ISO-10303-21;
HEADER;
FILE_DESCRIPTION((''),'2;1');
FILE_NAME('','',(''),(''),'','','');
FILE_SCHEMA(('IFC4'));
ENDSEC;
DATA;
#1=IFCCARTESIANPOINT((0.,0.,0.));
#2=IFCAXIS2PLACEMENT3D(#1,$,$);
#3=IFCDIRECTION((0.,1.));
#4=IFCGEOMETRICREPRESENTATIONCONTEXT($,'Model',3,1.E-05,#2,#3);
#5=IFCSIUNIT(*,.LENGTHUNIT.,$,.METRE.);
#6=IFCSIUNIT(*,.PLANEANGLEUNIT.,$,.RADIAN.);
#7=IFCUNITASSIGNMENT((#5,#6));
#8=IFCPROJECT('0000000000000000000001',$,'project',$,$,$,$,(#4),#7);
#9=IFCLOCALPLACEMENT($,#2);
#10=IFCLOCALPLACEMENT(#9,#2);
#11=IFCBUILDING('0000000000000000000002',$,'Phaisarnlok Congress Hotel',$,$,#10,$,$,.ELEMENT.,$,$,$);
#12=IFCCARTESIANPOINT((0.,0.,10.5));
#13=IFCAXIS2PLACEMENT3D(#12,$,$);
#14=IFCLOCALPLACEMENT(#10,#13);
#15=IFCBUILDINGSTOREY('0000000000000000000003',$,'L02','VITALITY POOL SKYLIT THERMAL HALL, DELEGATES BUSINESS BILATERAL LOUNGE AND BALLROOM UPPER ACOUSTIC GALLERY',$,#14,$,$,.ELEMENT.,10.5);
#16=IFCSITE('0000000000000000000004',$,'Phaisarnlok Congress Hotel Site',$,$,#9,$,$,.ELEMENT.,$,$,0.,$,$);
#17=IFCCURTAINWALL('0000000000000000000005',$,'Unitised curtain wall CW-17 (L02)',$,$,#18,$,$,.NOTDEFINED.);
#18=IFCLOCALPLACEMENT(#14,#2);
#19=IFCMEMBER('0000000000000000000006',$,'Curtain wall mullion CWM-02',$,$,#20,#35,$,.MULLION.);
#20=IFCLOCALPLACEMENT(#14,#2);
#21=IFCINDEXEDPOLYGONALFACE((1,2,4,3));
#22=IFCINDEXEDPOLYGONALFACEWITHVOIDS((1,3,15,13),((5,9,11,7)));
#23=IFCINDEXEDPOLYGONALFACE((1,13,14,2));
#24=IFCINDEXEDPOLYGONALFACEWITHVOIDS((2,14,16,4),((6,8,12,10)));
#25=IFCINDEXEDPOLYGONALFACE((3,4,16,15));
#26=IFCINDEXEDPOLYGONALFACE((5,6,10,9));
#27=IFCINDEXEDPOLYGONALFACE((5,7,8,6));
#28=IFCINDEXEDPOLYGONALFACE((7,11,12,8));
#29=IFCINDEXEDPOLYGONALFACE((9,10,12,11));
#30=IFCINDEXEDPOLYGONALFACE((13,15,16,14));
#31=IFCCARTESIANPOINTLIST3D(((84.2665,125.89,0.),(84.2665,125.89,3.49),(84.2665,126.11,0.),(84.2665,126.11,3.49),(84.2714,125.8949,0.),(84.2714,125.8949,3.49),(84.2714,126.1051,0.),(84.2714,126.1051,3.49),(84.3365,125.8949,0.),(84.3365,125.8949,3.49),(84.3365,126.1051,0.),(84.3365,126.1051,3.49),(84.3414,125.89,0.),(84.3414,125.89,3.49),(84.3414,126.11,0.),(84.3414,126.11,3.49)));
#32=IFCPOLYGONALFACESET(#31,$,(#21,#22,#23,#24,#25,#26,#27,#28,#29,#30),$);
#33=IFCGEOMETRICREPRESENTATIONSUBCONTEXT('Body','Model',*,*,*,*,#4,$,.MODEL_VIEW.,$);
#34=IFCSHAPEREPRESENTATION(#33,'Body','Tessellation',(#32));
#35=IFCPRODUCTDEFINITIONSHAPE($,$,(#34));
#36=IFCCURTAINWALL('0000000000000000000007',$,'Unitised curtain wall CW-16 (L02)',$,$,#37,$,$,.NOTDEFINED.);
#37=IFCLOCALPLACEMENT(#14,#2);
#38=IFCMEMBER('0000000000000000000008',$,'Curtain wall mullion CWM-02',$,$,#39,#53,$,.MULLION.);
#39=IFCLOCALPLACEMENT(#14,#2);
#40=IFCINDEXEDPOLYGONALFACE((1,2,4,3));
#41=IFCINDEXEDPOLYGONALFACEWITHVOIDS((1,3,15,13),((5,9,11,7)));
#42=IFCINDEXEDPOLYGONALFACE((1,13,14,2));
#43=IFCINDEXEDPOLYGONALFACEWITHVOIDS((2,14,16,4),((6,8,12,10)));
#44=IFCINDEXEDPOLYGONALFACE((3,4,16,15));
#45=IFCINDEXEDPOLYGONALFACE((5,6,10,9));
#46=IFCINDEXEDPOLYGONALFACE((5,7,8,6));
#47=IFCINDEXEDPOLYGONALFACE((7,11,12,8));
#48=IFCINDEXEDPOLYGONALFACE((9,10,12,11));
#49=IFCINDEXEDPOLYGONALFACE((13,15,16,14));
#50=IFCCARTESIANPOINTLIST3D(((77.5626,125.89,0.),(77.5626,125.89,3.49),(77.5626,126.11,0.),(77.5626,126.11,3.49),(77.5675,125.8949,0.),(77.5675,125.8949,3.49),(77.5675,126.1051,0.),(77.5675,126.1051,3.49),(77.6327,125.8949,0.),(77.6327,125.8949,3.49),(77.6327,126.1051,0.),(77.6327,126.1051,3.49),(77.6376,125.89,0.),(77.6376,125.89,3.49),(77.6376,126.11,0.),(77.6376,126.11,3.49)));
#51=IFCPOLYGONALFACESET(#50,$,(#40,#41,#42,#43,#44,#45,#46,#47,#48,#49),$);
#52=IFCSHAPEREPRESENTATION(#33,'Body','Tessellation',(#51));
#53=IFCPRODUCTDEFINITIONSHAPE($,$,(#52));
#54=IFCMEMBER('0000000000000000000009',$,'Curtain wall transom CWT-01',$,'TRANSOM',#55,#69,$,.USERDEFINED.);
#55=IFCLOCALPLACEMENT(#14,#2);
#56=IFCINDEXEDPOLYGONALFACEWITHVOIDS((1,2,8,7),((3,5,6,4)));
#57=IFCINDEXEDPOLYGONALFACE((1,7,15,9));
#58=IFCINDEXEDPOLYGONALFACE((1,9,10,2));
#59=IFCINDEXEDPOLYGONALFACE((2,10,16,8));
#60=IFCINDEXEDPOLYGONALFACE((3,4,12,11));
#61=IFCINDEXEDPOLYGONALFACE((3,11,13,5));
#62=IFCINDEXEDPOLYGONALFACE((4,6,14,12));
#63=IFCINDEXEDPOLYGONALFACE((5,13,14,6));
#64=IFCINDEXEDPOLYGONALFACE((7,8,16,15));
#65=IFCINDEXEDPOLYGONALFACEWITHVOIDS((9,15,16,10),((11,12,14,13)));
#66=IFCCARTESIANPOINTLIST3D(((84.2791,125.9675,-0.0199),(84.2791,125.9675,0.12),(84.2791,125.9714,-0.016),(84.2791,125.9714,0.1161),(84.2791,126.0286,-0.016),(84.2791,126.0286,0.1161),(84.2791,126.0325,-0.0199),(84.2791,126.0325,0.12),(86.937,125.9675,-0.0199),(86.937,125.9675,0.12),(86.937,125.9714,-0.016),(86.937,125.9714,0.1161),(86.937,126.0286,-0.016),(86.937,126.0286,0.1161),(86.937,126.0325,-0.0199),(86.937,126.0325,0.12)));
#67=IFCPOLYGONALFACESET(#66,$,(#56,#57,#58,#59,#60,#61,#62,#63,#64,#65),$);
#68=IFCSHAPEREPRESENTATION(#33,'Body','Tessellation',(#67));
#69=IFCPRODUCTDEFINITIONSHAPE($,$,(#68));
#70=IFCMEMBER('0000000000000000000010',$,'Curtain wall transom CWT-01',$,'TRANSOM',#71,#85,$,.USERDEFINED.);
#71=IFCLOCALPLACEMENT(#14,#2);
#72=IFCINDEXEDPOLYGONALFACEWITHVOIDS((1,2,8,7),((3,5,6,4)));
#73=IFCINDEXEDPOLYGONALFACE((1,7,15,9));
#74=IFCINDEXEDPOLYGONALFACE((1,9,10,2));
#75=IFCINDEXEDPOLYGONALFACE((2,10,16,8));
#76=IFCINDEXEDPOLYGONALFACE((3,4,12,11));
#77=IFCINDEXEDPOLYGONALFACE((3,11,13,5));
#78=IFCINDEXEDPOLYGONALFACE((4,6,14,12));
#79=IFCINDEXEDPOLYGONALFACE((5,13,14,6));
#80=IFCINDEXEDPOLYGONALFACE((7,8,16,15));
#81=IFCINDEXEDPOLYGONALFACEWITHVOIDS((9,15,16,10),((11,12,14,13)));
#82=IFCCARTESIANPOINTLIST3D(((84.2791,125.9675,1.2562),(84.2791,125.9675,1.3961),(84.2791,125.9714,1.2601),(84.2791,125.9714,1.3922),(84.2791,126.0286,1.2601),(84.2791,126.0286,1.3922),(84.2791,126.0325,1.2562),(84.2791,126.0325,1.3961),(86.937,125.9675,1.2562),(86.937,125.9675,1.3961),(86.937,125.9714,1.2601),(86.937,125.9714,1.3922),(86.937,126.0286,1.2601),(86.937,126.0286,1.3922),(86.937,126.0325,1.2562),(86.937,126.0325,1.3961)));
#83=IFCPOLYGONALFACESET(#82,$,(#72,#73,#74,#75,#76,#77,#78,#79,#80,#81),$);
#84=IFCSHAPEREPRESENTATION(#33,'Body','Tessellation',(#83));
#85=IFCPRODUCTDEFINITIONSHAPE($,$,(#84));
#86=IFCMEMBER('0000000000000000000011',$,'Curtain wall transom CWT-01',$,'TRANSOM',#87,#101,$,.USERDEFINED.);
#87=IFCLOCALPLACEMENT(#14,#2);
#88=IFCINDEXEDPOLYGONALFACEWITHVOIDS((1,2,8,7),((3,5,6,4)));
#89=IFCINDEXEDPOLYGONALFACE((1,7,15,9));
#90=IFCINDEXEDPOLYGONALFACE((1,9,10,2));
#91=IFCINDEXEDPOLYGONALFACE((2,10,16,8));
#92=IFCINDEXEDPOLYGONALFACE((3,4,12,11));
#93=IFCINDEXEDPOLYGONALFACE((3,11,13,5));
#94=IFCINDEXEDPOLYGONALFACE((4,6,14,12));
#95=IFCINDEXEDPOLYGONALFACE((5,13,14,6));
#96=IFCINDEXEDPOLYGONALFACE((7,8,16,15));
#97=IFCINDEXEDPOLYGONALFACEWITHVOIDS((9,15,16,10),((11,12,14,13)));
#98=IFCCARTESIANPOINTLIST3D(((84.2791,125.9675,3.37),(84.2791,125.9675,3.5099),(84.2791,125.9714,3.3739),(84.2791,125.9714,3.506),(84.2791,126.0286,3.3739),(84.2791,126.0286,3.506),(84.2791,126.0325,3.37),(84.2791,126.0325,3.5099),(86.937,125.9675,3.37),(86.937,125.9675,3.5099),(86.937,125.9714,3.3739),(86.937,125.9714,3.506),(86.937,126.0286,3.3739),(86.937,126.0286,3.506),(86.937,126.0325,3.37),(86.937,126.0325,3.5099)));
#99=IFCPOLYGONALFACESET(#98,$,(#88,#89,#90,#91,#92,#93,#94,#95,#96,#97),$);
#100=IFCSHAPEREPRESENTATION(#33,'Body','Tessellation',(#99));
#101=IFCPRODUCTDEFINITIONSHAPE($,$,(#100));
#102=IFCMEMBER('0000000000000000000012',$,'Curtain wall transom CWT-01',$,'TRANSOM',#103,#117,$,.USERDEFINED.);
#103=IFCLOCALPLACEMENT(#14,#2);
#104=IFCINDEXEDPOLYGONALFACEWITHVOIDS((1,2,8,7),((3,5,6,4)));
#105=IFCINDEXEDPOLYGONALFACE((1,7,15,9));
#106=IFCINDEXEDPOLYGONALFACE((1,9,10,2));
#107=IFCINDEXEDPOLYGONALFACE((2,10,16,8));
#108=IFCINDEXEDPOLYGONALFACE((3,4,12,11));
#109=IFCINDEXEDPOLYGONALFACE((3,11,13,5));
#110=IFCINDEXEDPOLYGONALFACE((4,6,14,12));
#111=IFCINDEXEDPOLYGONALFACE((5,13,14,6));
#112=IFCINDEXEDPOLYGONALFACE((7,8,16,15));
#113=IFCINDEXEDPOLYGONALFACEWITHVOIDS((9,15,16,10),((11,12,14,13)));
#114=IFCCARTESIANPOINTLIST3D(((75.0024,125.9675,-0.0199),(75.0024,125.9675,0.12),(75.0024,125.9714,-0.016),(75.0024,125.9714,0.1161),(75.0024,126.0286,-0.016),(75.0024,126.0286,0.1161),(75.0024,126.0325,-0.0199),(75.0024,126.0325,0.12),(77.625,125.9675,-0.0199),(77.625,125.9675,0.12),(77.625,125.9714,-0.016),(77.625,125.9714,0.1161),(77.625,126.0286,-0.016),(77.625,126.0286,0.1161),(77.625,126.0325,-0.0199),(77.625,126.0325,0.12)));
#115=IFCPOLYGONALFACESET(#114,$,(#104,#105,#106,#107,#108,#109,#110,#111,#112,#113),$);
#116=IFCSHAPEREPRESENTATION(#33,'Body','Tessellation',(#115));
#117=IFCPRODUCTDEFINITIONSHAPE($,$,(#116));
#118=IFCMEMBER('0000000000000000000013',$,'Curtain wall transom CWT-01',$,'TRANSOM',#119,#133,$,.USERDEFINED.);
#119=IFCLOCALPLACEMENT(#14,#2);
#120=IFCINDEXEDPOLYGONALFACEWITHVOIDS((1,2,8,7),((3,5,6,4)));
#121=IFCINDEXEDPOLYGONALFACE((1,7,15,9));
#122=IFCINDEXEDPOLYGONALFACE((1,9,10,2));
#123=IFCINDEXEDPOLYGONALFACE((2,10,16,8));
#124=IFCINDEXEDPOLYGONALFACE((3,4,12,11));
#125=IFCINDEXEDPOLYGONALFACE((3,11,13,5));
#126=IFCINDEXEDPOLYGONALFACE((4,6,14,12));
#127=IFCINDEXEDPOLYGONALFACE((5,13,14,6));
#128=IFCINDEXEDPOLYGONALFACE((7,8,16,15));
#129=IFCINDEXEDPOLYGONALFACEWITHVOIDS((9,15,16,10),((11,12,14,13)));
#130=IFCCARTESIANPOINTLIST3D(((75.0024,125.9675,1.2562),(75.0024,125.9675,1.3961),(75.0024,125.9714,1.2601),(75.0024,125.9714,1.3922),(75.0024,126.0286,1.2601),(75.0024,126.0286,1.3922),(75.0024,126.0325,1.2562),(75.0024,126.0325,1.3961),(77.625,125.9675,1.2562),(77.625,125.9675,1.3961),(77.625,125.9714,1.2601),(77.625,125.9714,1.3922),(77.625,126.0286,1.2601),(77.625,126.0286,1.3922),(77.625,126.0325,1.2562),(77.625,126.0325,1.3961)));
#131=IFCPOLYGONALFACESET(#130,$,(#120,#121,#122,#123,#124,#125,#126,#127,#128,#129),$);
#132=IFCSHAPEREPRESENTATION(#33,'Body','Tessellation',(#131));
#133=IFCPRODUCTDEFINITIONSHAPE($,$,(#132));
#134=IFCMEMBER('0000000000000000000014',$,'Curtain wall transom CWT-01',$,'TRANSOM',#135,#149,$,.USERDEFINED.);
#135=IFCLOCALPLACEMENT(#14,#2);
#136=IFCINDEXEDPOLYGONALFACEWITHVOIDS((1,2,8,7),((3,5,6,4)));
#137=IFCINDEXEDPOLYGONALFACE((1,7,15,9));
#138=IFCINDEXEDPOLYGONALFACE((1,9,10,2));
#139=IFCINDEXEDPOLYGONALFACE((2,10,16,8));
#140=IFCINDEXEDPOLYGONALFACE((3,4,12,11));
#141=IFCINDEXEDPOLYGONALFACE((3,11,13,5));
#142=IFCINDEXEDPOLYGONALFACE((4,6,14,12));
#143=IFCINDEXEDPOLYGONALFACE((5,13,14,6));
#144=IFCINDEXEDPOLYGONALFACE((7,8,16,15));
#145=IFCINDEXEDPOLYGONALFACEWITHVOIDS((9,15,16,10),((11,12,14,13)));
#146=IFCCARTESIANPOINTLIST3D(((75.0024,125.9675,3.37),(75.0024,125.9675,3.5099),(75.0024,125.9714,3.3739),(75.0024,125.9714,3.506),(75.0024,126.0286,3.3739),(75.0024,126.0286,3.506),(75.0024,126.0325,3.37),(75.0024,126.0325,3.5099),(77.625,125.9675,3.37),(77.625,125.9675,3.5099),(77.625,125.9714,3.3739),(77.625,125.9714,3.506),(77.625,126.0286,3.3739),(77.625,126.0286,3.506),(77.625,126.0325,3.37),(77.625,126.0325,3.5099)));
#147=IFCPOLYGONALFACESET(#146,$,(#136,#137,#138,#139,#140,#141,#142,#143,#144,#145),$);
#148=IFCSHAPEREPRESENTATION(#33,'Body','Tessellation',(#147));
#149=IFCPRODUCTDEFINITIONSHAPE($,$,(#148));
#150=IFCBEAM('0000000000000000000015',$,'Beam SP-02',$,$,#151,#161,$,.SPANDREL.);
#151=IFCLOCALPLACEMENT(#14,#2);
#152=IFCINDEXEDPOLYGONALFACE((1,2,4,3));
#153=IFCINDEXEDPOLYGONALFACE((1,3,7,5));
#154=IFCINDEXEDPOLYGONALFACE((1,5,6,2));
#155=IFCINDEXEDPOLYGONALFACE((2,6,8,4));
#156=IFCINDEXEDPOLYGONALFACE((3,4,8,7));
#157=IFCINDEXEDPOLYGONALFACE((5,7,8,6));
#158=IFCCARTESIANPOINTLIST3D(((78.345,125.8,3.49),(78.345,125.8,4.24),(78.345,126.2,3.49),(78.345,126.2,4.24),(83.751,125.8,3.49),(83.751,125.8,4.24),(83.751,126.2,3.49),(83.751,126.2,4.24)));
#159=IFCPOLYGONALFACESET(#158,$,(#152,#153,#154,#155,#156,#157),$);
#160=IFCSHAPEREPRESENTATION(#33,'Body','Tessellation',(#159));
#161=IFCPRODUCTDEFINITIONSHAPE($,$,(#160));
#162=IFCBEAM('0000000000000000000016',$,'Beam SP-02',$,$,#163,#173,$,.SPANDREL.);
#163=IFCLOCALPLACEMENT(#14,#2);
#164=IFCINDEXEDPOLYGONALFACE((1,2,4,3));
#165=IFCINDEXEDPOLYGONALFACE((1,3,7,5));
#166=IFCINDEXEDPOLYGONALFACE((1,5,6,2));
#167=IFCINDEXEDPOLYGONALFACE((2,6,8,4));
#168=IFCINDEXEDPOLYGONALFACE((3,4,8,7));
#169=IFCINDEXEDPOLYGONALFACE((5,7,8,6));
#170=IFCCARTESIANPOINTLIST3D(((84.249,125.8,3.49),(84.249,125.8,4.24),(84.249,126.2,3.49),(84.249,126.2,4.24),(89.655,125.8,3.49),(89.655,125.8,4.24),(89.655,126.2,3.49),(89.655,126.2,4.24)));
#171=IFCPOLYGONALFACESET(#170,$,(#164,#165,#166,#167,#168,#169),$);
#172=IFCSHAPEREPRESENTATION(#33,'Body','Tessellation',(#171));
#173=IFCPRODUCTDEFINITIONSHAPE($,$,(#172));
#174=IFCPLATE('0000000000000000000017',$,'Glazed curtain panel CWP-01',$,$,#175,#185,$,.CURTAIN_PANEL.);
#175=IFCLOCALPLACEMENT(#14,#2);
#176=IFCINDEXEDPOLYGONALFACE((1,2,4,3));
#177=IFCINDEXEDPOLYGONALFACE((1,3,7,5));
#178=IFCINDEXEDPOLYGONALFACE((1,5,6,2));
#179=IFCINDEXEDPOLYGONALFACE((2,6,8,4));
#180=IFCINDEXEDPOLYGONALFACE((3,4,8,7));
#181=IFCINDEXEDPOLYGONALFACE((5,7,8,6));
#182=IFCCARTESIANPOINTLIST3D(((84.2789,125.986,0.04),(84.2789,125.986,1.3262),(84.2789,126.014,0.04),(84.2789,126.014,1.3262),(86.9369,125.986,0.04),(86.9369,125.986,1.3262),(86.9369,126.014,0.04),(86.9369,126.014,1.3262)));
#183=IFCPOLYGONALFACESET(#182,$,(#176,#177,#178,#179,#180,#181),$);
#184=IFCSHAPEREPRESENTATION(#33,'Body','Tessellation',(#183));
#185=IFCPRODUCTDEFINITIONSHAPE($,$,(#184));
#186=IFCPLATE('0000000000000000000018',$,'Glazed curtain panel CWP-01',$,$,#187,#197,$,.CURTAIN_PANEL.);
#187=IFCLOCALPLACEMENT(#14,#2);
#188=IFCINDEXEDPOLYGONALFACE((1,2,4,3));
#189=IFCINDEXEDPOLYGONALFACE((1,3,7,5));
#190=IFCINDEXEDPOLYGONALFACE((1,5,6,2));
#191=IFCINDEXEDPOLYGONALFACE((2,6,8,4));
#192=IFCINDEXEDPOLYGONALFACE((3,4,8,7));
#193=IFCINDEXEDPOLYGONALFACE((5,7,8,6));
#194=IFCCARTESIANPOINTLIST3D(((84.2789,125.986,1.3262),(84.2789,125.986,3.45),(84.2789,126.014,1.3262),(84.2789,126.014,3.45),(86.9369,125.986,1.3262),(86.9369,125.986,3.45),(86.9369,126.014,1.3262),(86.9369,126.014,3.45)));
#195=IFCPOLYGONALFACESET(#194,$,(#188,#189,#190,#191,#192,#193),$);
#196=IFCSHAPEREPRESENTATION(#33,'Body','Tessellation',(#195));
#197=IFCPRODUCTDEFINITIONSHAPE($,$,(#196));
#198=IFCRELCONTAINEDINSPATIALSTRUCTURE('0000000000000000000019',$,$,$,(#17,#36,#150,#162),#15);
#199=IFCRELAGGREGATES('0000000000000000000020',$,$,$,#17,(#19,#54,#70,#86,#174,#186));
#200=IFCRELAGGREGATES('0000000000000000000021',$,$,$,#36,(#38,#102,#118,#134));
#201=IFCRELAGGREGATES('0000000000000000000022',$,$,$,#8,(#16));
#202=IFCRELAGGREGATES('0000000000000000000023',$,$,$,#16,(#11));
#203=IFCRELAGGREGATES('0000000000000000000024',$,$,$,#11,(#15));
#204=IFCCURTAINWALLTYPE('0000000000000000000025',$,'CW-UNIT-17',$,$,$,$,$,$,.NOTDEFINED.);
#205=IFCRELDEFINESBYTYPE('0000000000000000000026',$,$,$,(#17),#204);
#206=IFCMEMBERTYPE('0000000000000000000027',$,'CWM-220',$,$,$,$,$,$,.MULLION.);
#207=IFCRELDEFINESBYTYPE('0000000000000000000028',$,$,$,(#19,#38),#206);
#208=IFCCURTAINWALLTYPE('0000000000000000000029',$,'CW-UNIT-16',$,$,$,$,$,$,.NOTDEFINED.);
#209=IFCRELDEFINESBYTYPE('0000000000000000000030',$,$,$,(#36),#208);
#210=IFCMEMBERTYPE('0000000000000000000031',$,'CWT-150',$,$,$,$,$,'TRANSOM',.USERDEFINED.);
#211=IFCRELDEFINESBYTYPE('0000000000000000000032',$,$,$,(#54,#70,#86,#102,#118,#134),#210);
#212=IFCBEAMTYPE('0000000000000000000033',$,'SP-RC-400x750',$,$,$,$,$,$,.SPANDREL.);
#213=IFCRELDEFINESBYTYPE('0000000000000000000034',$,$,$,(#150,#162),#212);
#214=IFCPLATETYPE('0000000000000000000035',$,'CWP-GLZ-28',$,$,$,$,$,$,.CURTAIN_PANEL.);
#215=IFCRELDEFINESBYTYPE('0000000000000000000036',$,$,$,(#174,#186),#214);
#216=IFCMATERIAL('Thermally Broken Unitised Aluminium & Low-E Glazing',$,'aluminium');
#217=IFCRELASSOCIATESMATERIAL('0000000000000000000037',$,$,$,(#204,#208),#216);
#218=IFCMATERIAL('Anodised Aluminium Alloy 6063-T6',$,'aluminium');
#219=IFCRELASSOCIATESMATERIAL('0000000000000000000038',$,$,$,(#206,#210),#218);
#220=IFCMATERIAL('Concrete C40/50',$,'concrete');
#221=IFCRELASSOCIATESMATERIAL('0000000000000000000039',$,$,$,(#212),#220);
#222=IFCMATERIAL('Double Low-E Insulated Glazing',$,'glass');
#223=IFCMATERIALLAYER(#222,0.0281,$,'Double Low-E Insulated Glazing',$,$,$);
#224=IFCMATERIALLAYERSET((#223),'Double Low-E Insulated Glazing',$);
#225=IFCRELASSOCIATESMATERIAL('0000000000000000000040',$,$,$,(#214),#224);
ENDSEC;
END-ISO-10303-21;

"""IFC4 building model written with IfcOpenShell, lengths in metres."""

from ifc_helpers import new_model, si_unit, direction, frame, frame_2d, origin, origin_2d, place, context, subcontext, project, spatial, rectangle, hollow_rectangle, extrude, material, layer, layer_set, material_profile, profile_set, type_object, element, aggregate, save


model = new_model("IFC4")

# Units and contexts
model_context = context("Model", 3, precision=1e-05, world=origin(), true_north=direction((0.0, 1.0)))
body_context = subcontext(model_context, "Body", "Model", "MODEL_VIEW")
ifc_project = project(units=[si_unit("LENGTHUNIT", "METRE"), si_unit("PLANEANGLEUNIT", "RADIAN")], contexts=[model_context])

# Site, building, storey
site_placement = place(None, origin())
site = spatial("IfcSite", under=ifc_project, at=site_placement, Name="Phaisarnlok Congress Hotel Site", CompositionType="ELEMENT", RefElevation=0.0)
building_placement = place(site_placement, origin())
building = spatial("IfcBuilding", under=site, at=building_placement, Name="Phaisarnlok Congress Hotel", CompositionType="ELEMENT")
storey_placement = place(building_placement, frame((0.0, 0.0, 10.5)))
storey = spatial("IfcBuildingStorey", under=building, at=storey_placement, Name="L02", Description="VITALITY POOL SKYLIT THERMAL HALL, DELEGATES BUSINESS BILATERAL LOUNGE AND BALLROOM UPPER ACOUSTIC GALLERY", CompositionType="ELEMENT", Elevation=10.5)

# Curtain wall, member
ifc_material_1 = material(Name="Thermally Broken Unitised Aluminium & Low-E Glazing", Category="aluminium")
curtain_wall_type_1 = type_object("IfcCurtainWallType", Name="CW-UNIT-17", PredefinedType="NOTDEFINED", material=ifc_material_1)
curtain_wall_1_placement = place(storey_placement, origin())
curtain_wall_1 = element("IfcCurtainWall", 1, at=curtain_wall_1_placement, inside=storey, type_object=curtain_wall_type_1, Name="Unitised curtain wall CW-17 (L02)", PredefinedType="NOTDEFINED")
ifc_material_2 = material(Name="Anodised Aluminium Alloy 6063-T6", Category="aluminium")
ifc_material_profile_1 = material_profile(ifc_material_2, hollow_rectangle(XDim=0.075, YDim=0.22, WallThickness=0.0049, at=origin_2d()), Name="ALU-M 75x220x5")
ifc_profile_set_1 = profile_set([ifc_material_profile_1], Name="Anodised Aluminium Alloy 6063-T6")
member_type_1 = type_object("IfcMemberType", Name="CWM-220", PredefinedType="MULLION", material=ifc_profile_set_1)
member_1_placement = place(storey_placement, frame((84.304, 126.0, 0.0), z_axis=(0.0, 0.0, 1.0), x_axis=(-1.0, 0.0, 0.0)))
member_1 = element("IfcMember", 2, at=member_1_placement, type_object=member_type_1, Name="Curtain wall mullion CWM-02", PredefinedType="MULLION", context=body_context, shape_type="SweptSolid", body=[
    extrude(hollow_rectangle(XDim=0.075, YDim=0.22, WallThickness=0.0049, at=origin_2d()), origin(), (0.0, 0.0, 1.0), 3.49),
])

# Curtain wall, member
curtain_wall_type_2 = type_object("IfcCurtainWallType", Name="CW-UNIT-16", PredefinedType="NOTDEFINED", material=ifc_material_1)
curtain_wall_2_placement = place(storey_placement, origin())
curtain_wall_2 = element("IfcCurtainWall", 3, at=curtain_wall_2_placement, inside=storey, type_object=curtain_wall_type_2, Name="Unitised curtain wall CW-16 (L02)", PredefinedType="NOTDEFINED")
member_2_placement = place(storey_placement, frame((77.6001, 126.0, 0.0), z_axis=(0.0, 0.0, 1.0), x_axis=(-1.0, 0.0, 0.0)))
member_2 = element("IfcMember", 4, at=member_2_placement, type_object=member_type_1, Name="Curtain wall mullion CWM-02", PredefinedType="MULLION", context=body_context, shape_type="SweptSolid", body=[
    extrude(hollow_rectangle(XDim=0.075, YDim=0.22, WallThickness=0.0049, at=origin_2d()), origin(), (0.0, 0.0, 1.0), 3.49),
])

# Members
ifc_material_profile_2 = material_profile(ifc_material_2, hollow_rectangle(XDim=0.0649, YDim=0.1399, WallThickness=0.0039, at=origin_2d()), Name="ALU-T 65x140x4")
ifc_profile_set_2 = profile_set([ifc_material_profile_2], Name="Anodised Aluminium Alloy 6063-T6")
member_type_2 = type_object("IfcMemberType", Name="CWT-150", ElementType="TRANSOM", PredefinedType="USERDEFINED", material=ifc_profile_set_2)
member_3_placement = place(storey_placement, frame((86.937, 126.0, 0.05), z_axis=(-1.0, 0.0, 0.0), x_axis=(0.0, -1.0, 0.0)))
member_3 = element("IfcMember", 5, at=member_3_placement, type_object=member_type_2, Name="Curtain wall transom CWT-01", ObjectType="TRANSOM", PredefinedType="USERDEFINED", context=body_context, shape_type="SweptSolid", body=[
    extrude(hollow_rectangle(XDim=0.0649, YDim=0.1399, WallThickness=0.0039, at=origin_2d()), origin(), (0.0, 0.0, 1.0), 2.658),
])
member_4_placement = place(storey_placement, frame((86.937, 126.0, 1.3262), z_axis=(-1.0, 0.0, 0.0), x_axis=(0.0, -1.0, 0.0)))
member_4 = element("IfcMember", 6, at=member_4_placement, type_object=member_type_2, Name="Curtain wall transom CWT-01", ObjectType="TRANSOM", PredefinedType="USERDEFINED", context=body_context, shape_type="SweptSolid", body=[
    extrude(hollow_rectangle(XDim=0.0649, YDim=0.1399, WallThickness=0.0039, at=origin_2d()), origin(), (0.0, 0.0, 1.0), 2.658),
])
member_5_placement = place(storey_placement, frame((86.937, 126.0, 3.4399), z_axis=(-1.0, 0.0, 0.0), x_axis=(0.0, -1.0, 0.0)))
member_5 = element("IfcMember", 7, at=member_5_placement, type_object=member_type_2, Name="Curtain wall transom CWT-01", ObjectType="TRANSOM", PredefinedType="USERDEFINED", context=body_context, shape_type="SweptSolid", body=[
    extrude(hollow_rectangle(XDim=0.0649, YDim=0.1399, WallThickness=0.0039, at=origin_2d()), origin(), (0.0, 0.0, 1.0), 2.658),
])
member_6_placement = place(storey_placement, frame((77.625, 126.0, 0.05), z_axis=(-1.0, 0.0, 0.0), x_axis=(0.0, -1.0, 0.0)))
member_6 = element("IfcMember", 8, at=member_6_placement, type_object=member_type_2, Name="Curtain wall transom CWT-01", ObjectType="TRANSOM", PredefinedType="USERDEFINED", context=body_context, shape_type="SweptSolid", body=[
    extrude(hollow_rectangle(XDim=0.0649, YDim=0.1399, WallThickness=0.0039, at=origin_2d()), origin(), (0.0, 0.0, 1.0), 2.6226),
])
member_7_placement = place(storey_placement, frame((77.625, 126.0, 1.3262), z_axis=(-1.0, 0.0, 0.0), x_axis=(0.0, -1.0, 0.0)))
member_7 = element("IfcMember", 9, at=member_7_placement, type_object=member_type_2, Name="Curtain wall transom CWT-01", ObjectType="TRANSOM", PredefinedType="USERDEFINED", context=body_context, shape_type="SweptSolid", body=[
    extrude(hollow_rectangle(XDim=0.0649, YDim=0.1399, WallThickness=0.0039, at=origin_2d()), origin(), (0.0, 0.0, 1.0), 2.6226),
])
member_8_placement = place(storey_placement, frame((77.625, 126.0, 3.4399), z_axis=(-1.0, 0.0, 0.0), x_axis=(0.0, -1.0, 0.0)))
member_8 = element("IfcMember", 10, at=member_8_placement, type_object=member_type_2, Name="Curtain wall transom CWT-01", ObjectType="TRANSOM", PredefinedType="USERDEFINED", context=body_context, shape_type="SweptSolid", body=[
    extrude(hollow_rectangle(XDim=0.0649, YDim=0.1399, WallThickness=0.0039, at=origin_2d()), origin(), (0.0, 0.0, 1.0), 2.6226),
])

# Beams
ifc_material_3 = material(Name="Concrete C40/50", Category="concrete")
ifc_material_profile_3 = material_profile(ifc_material_3, rectangle(XDim=0.3999, YDim=0.75, at=origin_2d()), Name="RC 400x750")
ifc_profile_set_3 = profile_set([ifc_material_profile_3], Name="Concrete C40/50")
beam_type_1 = type_object("IfcBeamType", Name="SP-RC-400x750", PredefinedType="SPANDREL", material=ifc_profile_set_3)
for number, where, z_axis, x_axis, name in (
    (11, (78.345, 126.0, 3.865), (1.0, 0.0, 0.0), (0.0, 1.0, 0.0), "Beam SP-02"),
    (12, (84.249, 126.0, 3.865), (1.0, 0.0, 0.0), (0.0, 1.0, 0.0), "Beam SP-02"),
):
    element("IfcBeam", number, at=place(storey_placement, frame(where, z_axis=z_axis, x_axis=x_axis)), inside=storey, type_object=beam_type_1, Name=name, PredefinedType="SPANDREL", context=body_context, shape_type="SweptSolid", body=[
        extrude(rectangle(XDim=0.3999, YDim=0.75, at=origin_2d()), origin(), (0.0, 0.0, 1.0), 5.406),
    ])

# Plates
ifc_material_4 = material(Name="Double Low-E Insulated Glazing", Category="glass")
ifc_layer_1 = layer(ifc_material_4, 0.0281, Name="Double Low-E Insulated Glazing")
ifc_layer_set_1 = layer_set([ifc_layer_1], Name="Double Low-E Insulated Glazing")
plate_type_1 = type_object("IfcPlateType", Name="CWP-GLZ-28", PredefinedType="CURTAIN_PANEL", material=ifc_layer_set_1)
plate_1_placement = place(storey_placement, frame((86.937, 126.0, 0.04), z_axis=(0.0, 0.0, 1.0), x_axis=(-1.0, 0.0, 0.0)))
plate_1 = element("IfcPlate", 13, at=plate_1_placement, type_object=plate_type_1, Name="Glazed curtain panel CWP-01", PredefinedType="CURTAIN_PANEL", context=body_context, shape_type="SweptSolid", body=[
    extrude(rectangle(XDim=2.658, YDim=0.0281, at=frame_2d((1.3291, 0.0))), origin(), (0.0, 0.0, 1.0), 1.2861),
])
plate_2_placement = place(storey_placement, frame((86.937, 126.0, 1.3262), z_axis=(0.0, 0.0, 1.0), x_axis=(-1.0, 0.0, 0.0)))
plate_2 = element("IfcPlate", 14, at=plate_2_placement, type_object=plate_type_1, Name="Glazed curtain panel CWP-01", PredefinedType="CURTAIN_PANEL", context=body_context, shape_type="SweptSolid", body=[
    extrude(rectangle(XDim=2.658, YDim=0.0281, at=frame_2d((1.3291, 0.0))), origin(), (0.0, 0.0, 1.0), 2.1238),
])
aggregate(curtain_wall_1, [member_1, member_3, member_4, member_5, plate_1, plate_2])
aggregate(curtain_wall_2, [member_2, member_6, member_7, member_8])

save(model, "model.ifc")
